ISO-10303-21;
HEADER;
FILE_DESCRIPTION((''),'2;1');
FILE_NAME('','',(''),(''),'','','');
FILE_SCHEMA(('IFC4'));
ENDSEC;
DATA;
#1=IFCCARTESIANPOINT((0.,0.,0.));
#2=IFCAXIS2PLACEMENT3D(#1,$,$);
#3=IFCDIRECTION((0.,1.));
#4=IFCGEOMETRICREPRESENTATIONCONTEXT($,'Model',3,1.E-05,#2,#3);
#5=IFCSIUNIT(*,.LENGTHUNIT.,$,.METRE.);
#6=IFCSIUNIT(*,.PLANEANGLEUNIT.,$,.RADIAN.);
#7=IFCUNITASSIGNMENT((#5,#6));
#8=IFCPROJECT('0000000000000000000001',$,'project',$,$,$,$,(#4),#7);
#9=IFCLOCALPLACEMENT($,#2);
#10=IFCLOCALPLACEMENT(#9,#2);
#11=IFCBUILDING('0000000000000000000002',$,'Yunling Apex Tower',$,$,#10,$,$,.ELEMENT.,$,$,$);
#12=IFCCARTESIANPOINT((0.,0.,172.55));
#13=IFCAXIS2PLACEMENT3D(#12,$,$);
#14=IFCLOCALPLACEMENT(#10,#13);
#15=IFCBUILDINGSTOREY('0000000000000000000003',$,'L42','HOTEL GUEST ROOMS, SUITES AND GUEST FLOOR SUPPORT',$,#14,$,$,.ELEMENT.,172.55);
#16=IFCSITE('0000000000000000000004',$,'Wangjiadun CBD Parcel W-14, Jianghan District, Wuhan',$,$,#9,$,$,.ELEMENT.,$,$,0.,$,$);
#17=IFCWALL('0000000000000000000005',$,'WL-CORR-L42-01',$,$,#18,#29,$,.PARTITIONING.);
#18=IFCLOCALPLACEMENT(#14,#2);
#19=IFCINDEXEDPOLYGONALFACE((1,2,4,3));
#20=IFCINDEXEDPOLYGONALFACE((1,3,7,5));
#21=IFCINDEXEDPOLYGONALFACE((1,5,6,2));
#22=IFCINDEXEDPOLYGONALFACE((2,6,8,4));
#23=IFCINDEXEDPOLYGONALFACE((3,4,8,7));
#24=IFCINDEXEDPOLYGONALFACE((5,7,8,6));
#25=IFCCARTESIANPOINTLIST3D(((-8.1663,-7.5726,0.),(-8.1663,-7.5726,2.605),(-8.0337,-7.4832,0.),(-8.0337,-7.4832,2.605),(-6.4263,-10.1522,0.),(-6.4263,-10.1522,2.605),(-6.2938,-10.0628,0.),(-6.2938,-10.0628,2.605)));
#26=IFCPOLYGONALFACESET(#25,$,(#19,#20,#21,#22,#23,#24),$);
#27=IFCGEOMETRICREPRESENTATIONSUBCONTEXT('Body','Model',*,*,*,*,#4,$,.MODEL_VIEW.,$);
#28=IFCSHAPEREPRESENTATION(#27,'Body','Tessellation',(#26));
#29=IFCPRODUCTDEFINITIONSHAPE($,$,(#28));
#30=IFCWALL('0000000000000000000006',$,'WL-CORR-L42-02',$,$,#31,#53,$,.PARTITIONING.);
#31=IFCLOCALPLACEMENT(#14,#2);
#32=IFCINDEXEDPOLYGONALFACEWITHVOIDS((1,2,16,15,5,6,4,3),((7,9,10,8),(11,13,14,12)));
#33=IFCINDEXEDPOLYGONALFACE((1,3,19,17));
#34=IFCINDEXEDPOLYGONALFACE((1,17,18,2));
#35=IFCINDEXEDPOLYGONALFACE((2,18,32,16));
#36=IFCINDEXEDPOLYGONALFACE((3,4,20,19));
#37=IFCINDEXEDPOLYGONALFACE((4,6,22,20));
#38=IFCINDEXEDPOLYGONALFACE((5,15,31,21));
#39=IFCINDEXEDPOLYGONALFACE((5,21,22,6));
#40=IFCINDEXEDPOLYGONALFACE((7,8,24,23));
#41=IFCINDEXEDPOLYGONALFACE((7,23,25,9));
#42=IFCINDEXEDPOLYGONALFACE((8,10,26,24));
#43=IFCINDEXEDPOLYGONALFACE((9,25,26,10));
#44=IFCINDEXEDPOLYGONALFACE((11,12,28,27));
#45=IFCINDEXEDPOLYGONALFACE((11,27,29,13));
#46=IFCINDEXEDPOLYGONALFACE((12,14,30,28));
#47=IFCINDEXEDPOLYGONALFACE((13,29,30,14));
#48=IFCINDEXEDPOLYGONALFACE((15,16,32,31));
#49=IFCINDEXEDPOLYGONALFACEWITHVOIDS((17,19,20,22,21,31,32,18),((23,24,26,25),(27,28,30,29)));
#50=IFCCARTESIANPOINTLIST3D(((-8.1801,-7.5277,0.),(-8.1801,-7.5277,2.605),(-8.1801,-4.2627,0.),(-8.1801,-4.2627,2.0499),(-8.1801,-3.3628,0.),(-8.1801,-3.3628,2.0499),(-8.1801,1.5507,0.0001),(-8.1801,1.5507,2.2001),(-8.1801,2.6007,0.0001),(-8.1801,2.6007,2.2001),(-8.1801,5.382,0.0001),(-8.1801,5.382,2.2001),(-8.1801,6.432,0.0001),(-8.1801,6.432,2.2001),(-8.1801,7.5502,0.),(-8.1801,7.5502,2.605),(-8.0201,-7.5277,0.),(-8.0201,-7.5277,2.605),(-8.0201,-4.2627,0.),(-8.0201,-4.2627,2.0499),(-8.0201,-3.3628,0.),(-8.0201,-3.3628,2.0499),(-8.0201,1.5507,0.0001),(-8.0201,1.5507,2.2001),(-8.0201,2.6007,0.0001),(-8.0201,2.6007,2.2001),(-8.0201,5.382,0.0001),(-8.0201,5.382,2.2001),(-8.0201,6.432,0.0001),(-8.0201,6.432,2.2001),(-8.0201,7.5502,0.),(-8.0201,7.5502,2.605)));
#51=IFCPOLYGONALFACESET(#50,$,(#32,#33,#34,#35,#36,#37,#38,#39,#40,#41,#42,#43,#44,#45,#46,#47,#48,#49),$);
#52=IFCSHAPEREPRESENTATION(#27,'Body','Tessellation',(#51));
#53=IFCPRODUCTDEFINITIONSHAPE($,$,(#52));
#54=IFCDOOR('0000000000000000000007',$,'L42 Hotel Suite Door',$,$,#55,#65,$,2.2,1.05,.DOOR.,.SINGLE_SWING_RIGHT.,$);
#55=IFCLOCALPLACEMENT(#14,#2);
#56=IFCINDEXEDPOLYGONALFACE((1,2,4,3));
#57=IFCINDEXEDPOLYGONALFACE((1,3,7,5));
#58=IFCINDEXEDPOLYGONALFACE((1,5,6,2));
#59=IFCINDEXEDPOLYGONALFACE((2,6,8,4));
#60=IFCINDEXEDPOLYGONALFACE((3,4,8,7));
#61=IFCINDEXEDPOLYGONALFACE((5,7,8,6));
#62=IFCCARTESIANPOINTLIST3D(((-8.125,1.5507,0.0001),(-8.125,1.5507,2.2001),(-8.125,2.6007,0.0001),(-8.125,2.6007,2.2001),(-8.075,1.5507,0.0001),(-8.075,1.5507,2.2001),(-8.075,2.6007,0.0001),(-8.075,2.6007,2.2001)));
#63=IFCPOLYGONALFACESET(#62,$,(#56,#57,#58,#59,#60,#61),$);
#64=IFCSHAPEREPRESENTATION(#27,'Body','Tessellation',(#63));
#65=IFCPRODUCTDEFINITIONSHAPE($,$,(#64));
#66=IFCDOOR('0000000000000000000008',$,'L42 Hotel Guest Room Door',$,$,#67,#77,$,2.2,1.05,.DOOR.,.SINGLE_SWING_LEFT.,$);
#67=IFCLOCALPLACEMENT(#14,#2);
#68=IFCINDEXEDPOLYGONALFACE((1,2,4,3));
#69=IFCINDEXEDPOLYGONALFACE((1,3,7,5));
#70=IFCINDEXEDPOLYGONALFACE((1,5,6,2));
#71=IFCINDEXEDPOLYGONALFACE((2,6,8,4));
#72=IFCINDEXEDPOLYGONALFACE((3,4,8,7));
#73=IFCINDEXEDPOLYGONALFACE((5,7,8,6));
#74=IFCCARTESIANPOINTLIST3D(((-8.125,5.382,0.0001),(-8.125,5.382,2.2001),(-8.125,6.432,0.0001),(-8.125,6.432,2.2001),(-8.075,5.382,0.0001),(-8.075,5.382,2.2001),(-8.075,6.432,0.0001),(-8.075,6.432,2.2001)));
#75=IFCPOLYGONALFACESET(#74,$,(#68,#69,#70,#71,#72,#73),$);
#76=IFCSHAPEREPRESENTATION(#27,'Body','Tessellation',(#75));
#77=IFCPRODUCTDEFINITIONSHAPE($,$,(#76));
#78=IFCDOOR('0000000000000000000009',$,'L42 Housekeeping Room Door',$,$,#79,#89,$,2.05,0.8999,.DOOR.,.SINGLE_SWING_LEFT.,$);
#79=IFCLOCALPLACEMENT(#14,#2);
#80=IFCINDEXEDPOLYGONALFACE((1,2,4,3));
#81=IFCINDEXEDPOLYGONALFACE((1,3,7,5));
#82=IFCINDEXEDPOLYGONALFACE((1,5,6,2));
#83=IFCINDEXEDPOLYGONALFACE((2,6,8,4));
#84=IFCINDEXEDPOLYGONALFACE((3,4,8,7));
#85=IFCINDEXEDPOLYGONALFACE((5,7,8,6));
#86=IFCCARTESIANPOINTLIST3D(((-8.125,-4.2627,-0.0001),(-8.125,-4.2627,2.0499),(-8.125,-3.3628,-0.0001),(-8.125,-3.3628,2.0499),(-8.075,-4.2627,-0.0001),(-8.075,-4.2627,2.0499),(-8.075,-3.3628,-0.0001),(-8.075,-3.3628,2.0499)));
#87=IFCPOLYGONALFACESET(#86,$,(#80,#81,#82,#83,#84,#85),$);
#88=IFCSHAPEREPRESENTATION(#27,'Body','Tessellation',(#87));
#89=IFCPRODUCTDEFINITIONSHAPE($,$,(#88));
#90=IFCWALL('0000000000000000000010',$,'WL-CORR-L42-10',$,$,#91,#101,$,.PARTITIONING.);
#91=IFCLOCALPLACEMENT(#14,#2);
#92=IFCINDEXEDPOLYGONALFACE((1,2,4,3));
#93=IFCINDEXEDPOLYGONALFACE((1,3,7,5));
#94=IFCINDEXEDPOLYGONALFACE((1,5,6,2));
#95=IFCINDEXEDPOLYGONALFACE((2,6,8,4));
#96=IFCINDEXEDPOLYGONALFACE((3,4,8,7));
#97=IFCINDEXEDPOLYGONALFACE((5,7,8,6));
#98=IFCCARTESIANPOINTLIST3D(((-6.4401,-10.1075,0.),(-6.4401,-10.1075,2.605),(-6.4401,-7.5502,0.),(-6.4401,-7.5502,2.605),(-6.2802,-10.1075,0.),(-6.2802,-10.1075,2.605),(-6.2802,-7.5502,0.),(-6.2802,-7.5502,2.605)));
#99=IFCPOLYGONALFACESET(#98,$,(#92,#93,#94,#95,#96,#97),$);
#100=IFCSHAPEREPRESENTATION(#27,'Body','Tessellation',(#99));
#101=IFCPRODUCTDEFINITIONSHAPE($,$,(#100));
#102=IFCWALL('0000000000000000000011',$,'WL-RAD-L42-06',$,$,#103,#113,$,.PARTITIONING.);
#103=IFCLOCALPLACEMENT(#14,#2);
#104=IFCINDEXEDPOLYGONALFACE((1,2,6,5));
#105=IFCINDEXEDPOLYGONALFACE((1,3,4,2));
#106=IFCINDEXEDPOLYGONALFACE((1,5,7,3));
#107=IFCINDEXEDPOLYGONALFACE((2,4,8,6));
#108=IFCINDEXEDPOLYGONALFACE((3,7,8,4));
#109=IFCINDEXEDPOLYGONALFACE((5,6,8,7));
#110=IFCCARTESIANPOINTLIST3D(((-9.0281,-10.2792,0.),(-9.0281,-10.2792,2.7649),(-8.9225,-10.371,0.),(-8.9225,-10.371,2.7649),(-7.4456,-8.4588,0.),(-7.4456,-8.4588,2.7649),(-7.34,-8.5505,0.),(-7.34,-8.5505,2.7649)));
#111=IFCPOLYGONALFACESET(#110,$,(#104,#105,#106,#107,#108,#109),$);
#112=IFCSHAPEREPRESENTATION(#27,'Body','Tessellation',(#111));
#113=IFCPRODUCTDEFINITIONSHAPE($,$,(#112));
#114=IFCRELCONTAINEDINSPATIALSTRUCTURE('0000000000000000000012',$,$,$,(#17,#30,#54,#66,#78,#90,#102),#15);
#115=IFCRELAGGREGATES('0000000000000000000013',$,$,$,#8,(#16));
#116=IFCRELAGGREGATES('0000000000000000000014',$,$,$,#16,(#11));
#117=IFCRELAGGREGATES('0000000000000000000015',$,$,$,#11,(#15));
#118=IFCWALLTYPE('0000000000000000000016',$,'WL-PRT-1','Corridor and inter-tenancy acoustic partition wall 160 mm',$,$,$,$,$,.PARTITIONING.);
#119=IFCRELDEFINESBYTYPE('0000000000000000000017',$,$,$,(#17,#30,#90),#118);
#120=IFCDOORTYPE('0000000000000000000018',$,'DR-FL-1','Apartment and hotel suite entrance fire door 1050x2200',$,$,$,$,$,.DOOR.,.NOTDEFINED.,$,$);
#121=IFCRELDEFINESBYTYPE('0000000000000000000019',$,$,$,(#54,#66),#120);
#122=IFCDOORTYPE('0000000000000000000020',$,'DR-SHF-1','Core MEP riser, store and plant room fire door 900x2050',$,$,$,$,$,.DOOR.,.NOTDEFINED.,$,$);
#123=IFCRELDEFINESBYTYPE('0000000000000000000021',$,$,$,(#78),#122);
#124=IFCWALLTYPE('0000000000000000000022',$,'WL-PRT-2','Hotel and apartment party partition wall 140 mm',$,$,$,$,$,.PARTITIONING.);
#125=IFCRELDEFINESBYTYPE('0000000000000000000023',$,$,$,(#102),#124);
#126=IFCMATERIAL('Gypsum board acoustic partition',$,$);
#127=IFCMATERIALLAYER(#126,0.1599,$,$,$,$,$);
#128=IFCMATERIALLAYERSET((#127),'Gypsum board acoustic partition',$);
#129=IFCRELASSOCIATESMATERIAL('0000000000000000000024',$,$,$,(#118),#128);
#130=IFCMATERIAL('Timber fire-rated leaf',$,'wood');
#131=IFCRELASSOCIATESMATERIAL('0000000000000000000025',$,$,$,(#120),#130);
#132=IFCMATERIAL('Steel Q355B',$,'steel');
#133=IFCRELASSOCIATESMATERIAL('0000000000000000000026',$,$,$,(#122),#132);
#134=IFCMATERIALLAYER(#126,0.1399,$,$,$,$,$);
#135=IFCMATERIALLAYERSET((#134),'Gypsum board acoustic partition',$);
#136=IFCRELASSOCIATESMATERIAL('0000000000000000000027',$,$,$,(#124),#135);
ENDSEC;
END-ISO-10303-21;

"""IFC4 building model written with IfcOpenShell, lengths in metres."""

from ifc_helpers import new_model, si_unit, direction, frame, frame_2d, origin, place, context, subcontext, project, spatial, rectangle, extrude, material, layer, layer_set, type_object, element, fill, save


model = new_model("IFC4")

# Units and contexts
model_context = context("Model", 3, precision=1e-05, world=origin(), true_north=direction((0.0, 1.0)))
body_context = subcontext(model_context, "Body", "Model", "MODEL_VIEW")
ifc_project = project(units=[si_unit("LENGTHUNIT", "METRE"), si_unit("PLANEANGLEUNIT", "RADIAN")], contexts=[model_context])

# Site, building, storey
site_placement = place(None, origin())
site = spatial("IfcSite", under=ifc_project, at=site_placement, Name="Wangjiadun CBD Parcel W-14, Jianghan District, Wuhan", CompositionType="ELEMENT", RefElevation=0.0)
building_placement = place(site_placement, origin())
building = spatial("IfcBuilding", under=site, at=building_placement, Name="Yunling Apex Tower", CompositionType="ELEMENT")
storey_placement = place(building_placement, frame((0.0, 0.0, 172.55)))
storey = spatial("IfcBuildingStorey", under=building, at=storey_placement, Name="L42", Description="HOTEL GUEST ROOMS, SUITES AND GUEST FLOOR SUPPORT", CompositionType="ELEMENT", Elevation=172.55)

# Shared definitions
ifc_material_1 = material(Name="Steel Q355B", Category="steel")

# Wall
ifc_material_2 = material(Name="Gypsum board acoustic partition")
ifc_layer_1 = layer(ifc_material_2, 0.1599)
ifc_layer_set_1 = layer_set([ifc_layer_1], Name="Gypsum board acoustic partition")
wall_type_1 = type_object("IfcWallType", Name="WL-PRT-1", Description="Corridor and inter-tenancy acoustic partition wall 160 mm", PredefinedType="PARTITIONING", material=ifc_layer_set_1)
wall_1_placement = place(storey_placement, frame((-6.3601, -10.1074, 0.0), z_axis=(0.0, 0.0, 1.0), x_axis=(-0.559201, 0.829032, 0.0)))
element("IfcWall", 1, at=wall_1_placement, inside=storey, type_object=wall_type_1, Name="WL-CORR-L42-01", PredefinedType="PARTITIONING", context=body_context, shape_type="SweptSolid", body=[
    extrude(rectangle(XDim=3.1116, YDim=0.1599, at=frame_2d((1.5557, 0.0))), origin(), (0.0, 0.0, 1.0), 2.605),
])

# Wall, openings, doors
wall_2_placement = place(storey_placement, frame((-8.1001, -7.5278, 0.0), z_axis=(0.0, 0.0, 1.0), x_axis=(0.0, 1.0, 0.0)))
wall_2 = element("IfcWall", 2, at=wall_2_placement, inside=storey, type_object=wall_type_1, Name="WL-CORR-L42-02", PredefinedType="PARTITIONING", context=body_context, shape_type="SweptSolid", body=[
    extrude(rectangle(XDim=15.0779, YDim=0.1599, at=frame_2d((7.5391, 0.0))), origin(), (0.0, 0.0, 1.0), 2.605),
])
opening_1_placement = place(wall_2_placement, frame((3.2651, 0.0, 0.0)))
opening_1 = element("IfcOpeningElement", 3, at=opening_1_placement, cuts=wall_2, PredefinedType="OPENING", context=body_context, shape_type="SweptSolid", body=[
    extrude(rectangle(XDim=0.8999, YDim=2.05, at=frame_2d((0.45, 1.0249))), frame((0.0, 0.0898, 0.0), z_axis=(0.0, -1.0, 0.0), x_axis=(1.0, 0.0, 0.0)), (0.0, 0.0, 1.0), 0.1799),
])
opening_2_placement = place(wall_2_placement, frame((9.0786, 0.0, 0.0)))
opening_2 = element("IfcOpeningElement", 4, at=opening_2_placement, cuts=wall_2, PredefinedType="OPENING", context=body_context, shape_type="SweptSolid", body=[
    extrude(rectangle(XDim=1.05, YDim=2.2, at=frame_2d((0.5249, 1.1001))), frame((0.0, 0.0898, 0.0), z_axis=(0.0, -1.0, 0.0), x_axis=(1.0, 0.0, 0.0)), (0.0, 0.0, 1.0), 0.1799),
])
opening_3_placement = place(wall_2_placement, frame((12.9099, 0.0, 0.0)))
opening_3 = element("IfcOpeningElement", 5, at=opening_3_placement, cuts=wall_2, PredefinedType="OPENING", context=body_context, shape_type="SweptSolid", body=[
    extrude(rectangle(XDim=1.05, YDim=2.2, at=frame_2d((0.5249, 1.1001))), frame((0.0, 0.0898, 0.0), z_axis=(0.0, -1.0, 0.0), x_axis=(1.0, 0.0, 0.0)), (0.0, 0.0, 1.0), 0.1799),
])
ifc_material_3 = material(Name="Timber fire-rated leaf", Category="wood")
door_type_1 = type_object("IfcDoorType", Name="DR-FL-1", Description="Apartment and hotel suite entrance fire door 1050x2200", OperationType="NOTDEFINED", PredefinedType="DOOR", material=ifc_material_3)
door_1_placement = place(opening_2_placement, origin())
door_1 = element("IfcDoor", 6, at=door_1_placement, inside=storey, type_object=door_type_1, Name="L42 Hotel Suite Door", OperationType="SINGLE_SWING_RIGHT", OverallHeight=2.2, OverallWidth=1.05, PredefinedType="DOOR", context=body_context, shape_type="SweptSolid", body=[
    extrude(rectangle(XDim=1.05, YDim=2.2, at=frame_2d((0.5249, 1.1001))), frame((0.0, 0.0249, 0.0), z_axis=(0.0, -1.0, 0.0), x_axis=(1.0, 0.0, 0.0)), (0.0, 0.0, 1.0), 0.05),
])
fill(opening_2, door_1)
door_2_placement = place(opening_3_placement, origin())
door_2 = element("IfcDoor", 7, at=door_2_placement, inside=storey, type_object=door_type_1, Name="L42 Hotel Guest Room Door", OperationType="SINGLE_SWING_LEFT", OverallHeight=2.2, OverallWidth=1.05, PredefinedType="DOOR", context=body_context, shape_type="SweptSolid", body=[
    extrude(rectangle(XDim=1.05, YDim=2.2, at=frame_2d((0.5249, 1.1001))), frame((0.0, 0.0249, 0.0), z_axis=(0.0, -1.0, 0.0), x_axis=(1.0, 0.0, 0.0)), (0.0, 0.0, 1.0), 0.05),
])
fill(opening_3, door_2)
door_type_2 = type_object("IfcDoorType", Name="DR-SHF-1", Description="Core MEP riser, store and plant room fire door 900x2050", OperationType="NOTDEFINED", PredefinedType="DOOR", material=ifc_material_1)
door_3_placement = place(opening_1_placement, origin())
door_3 = element("IfcDoor", 8, at=door_3_placement, inside=storey, type_object=door_type_2, Name="L42 Housekeeping Room Door", OperationType="SINGLE_SWING_LEFT", OverallHeight=2.05, OverallWidth=0.8999, PredefinedType="DOOR", context=body_context, shape_type="SweptSolid", body=[
    extrude(rectangle(XDim=0.8999, YDim=2.05, at=frame_2d((0.45, 1.0249))), frame((0.0, 0.0249, 0.0), z_axis=(0.0, -1.0, 0.0), x_axis=(1.0, 0.0, 0.0)), (0.0, 0.0, 1.0), 0.05),
])
fill(opening_1, door_3)

# Walls
wall_3_placement = place(storey_placement, frame((-6.3601, -7.55, 0.0), z_axis=(0.0, 0.0, 1.0), x_axis=(0.0, -1.0, 0.0)))
element("IfcWall", 9, at=wall_3_placement, inside=storey, type_object=wall_type_1, Name="WL-CORR-L42-10", PredefinedType="PARTITIONING", context=body_context, shape_type="SweptSolid", body=[
    extrude(rectangle(XDim=2.5574, YDim=0.1599, at=frame_2d((1.2788, 0.0))), origin(), (0.0, 0.0, 1.0), 2.605),
])
ifc_layer_2 = layer(ifc_material_2, 0.1399)
ifc_layer_set_2 = layer_set([ifc_layer_2], Name="Gypsum board acoustic partition")
wall_type_2 = type_object("IfcWallType", Name="WL-PRT-2", Description="Hotel and apartment party partition wall 140 mm", PredefinedType="PARTITIONING", material=ifc_layer_set_2)
wall_4_placement = place(storey_placement, frame((-7.3928, -8.5046, 0.0), z_axis=(0.0, 0.0, 1.0), x_axis=(-0.656043, -0.754723, 0.0)))
element("IfcWall", 10, at=wall_4_placement, inside=storey, type_object=wall_type_2, Name="WL-RAD-L42-06", PredefinedType="PARTITIONING", context=body_context, shape_type="SweptSolid", body=[
    extrude(rectangle(XDim=2.4121, YDim=0.1399, at=frame_2d((1.2061, 0.0))), origin(), (0.0, 0.0, 1.0), 2.7649),
])

save(model, "model.ifc")
